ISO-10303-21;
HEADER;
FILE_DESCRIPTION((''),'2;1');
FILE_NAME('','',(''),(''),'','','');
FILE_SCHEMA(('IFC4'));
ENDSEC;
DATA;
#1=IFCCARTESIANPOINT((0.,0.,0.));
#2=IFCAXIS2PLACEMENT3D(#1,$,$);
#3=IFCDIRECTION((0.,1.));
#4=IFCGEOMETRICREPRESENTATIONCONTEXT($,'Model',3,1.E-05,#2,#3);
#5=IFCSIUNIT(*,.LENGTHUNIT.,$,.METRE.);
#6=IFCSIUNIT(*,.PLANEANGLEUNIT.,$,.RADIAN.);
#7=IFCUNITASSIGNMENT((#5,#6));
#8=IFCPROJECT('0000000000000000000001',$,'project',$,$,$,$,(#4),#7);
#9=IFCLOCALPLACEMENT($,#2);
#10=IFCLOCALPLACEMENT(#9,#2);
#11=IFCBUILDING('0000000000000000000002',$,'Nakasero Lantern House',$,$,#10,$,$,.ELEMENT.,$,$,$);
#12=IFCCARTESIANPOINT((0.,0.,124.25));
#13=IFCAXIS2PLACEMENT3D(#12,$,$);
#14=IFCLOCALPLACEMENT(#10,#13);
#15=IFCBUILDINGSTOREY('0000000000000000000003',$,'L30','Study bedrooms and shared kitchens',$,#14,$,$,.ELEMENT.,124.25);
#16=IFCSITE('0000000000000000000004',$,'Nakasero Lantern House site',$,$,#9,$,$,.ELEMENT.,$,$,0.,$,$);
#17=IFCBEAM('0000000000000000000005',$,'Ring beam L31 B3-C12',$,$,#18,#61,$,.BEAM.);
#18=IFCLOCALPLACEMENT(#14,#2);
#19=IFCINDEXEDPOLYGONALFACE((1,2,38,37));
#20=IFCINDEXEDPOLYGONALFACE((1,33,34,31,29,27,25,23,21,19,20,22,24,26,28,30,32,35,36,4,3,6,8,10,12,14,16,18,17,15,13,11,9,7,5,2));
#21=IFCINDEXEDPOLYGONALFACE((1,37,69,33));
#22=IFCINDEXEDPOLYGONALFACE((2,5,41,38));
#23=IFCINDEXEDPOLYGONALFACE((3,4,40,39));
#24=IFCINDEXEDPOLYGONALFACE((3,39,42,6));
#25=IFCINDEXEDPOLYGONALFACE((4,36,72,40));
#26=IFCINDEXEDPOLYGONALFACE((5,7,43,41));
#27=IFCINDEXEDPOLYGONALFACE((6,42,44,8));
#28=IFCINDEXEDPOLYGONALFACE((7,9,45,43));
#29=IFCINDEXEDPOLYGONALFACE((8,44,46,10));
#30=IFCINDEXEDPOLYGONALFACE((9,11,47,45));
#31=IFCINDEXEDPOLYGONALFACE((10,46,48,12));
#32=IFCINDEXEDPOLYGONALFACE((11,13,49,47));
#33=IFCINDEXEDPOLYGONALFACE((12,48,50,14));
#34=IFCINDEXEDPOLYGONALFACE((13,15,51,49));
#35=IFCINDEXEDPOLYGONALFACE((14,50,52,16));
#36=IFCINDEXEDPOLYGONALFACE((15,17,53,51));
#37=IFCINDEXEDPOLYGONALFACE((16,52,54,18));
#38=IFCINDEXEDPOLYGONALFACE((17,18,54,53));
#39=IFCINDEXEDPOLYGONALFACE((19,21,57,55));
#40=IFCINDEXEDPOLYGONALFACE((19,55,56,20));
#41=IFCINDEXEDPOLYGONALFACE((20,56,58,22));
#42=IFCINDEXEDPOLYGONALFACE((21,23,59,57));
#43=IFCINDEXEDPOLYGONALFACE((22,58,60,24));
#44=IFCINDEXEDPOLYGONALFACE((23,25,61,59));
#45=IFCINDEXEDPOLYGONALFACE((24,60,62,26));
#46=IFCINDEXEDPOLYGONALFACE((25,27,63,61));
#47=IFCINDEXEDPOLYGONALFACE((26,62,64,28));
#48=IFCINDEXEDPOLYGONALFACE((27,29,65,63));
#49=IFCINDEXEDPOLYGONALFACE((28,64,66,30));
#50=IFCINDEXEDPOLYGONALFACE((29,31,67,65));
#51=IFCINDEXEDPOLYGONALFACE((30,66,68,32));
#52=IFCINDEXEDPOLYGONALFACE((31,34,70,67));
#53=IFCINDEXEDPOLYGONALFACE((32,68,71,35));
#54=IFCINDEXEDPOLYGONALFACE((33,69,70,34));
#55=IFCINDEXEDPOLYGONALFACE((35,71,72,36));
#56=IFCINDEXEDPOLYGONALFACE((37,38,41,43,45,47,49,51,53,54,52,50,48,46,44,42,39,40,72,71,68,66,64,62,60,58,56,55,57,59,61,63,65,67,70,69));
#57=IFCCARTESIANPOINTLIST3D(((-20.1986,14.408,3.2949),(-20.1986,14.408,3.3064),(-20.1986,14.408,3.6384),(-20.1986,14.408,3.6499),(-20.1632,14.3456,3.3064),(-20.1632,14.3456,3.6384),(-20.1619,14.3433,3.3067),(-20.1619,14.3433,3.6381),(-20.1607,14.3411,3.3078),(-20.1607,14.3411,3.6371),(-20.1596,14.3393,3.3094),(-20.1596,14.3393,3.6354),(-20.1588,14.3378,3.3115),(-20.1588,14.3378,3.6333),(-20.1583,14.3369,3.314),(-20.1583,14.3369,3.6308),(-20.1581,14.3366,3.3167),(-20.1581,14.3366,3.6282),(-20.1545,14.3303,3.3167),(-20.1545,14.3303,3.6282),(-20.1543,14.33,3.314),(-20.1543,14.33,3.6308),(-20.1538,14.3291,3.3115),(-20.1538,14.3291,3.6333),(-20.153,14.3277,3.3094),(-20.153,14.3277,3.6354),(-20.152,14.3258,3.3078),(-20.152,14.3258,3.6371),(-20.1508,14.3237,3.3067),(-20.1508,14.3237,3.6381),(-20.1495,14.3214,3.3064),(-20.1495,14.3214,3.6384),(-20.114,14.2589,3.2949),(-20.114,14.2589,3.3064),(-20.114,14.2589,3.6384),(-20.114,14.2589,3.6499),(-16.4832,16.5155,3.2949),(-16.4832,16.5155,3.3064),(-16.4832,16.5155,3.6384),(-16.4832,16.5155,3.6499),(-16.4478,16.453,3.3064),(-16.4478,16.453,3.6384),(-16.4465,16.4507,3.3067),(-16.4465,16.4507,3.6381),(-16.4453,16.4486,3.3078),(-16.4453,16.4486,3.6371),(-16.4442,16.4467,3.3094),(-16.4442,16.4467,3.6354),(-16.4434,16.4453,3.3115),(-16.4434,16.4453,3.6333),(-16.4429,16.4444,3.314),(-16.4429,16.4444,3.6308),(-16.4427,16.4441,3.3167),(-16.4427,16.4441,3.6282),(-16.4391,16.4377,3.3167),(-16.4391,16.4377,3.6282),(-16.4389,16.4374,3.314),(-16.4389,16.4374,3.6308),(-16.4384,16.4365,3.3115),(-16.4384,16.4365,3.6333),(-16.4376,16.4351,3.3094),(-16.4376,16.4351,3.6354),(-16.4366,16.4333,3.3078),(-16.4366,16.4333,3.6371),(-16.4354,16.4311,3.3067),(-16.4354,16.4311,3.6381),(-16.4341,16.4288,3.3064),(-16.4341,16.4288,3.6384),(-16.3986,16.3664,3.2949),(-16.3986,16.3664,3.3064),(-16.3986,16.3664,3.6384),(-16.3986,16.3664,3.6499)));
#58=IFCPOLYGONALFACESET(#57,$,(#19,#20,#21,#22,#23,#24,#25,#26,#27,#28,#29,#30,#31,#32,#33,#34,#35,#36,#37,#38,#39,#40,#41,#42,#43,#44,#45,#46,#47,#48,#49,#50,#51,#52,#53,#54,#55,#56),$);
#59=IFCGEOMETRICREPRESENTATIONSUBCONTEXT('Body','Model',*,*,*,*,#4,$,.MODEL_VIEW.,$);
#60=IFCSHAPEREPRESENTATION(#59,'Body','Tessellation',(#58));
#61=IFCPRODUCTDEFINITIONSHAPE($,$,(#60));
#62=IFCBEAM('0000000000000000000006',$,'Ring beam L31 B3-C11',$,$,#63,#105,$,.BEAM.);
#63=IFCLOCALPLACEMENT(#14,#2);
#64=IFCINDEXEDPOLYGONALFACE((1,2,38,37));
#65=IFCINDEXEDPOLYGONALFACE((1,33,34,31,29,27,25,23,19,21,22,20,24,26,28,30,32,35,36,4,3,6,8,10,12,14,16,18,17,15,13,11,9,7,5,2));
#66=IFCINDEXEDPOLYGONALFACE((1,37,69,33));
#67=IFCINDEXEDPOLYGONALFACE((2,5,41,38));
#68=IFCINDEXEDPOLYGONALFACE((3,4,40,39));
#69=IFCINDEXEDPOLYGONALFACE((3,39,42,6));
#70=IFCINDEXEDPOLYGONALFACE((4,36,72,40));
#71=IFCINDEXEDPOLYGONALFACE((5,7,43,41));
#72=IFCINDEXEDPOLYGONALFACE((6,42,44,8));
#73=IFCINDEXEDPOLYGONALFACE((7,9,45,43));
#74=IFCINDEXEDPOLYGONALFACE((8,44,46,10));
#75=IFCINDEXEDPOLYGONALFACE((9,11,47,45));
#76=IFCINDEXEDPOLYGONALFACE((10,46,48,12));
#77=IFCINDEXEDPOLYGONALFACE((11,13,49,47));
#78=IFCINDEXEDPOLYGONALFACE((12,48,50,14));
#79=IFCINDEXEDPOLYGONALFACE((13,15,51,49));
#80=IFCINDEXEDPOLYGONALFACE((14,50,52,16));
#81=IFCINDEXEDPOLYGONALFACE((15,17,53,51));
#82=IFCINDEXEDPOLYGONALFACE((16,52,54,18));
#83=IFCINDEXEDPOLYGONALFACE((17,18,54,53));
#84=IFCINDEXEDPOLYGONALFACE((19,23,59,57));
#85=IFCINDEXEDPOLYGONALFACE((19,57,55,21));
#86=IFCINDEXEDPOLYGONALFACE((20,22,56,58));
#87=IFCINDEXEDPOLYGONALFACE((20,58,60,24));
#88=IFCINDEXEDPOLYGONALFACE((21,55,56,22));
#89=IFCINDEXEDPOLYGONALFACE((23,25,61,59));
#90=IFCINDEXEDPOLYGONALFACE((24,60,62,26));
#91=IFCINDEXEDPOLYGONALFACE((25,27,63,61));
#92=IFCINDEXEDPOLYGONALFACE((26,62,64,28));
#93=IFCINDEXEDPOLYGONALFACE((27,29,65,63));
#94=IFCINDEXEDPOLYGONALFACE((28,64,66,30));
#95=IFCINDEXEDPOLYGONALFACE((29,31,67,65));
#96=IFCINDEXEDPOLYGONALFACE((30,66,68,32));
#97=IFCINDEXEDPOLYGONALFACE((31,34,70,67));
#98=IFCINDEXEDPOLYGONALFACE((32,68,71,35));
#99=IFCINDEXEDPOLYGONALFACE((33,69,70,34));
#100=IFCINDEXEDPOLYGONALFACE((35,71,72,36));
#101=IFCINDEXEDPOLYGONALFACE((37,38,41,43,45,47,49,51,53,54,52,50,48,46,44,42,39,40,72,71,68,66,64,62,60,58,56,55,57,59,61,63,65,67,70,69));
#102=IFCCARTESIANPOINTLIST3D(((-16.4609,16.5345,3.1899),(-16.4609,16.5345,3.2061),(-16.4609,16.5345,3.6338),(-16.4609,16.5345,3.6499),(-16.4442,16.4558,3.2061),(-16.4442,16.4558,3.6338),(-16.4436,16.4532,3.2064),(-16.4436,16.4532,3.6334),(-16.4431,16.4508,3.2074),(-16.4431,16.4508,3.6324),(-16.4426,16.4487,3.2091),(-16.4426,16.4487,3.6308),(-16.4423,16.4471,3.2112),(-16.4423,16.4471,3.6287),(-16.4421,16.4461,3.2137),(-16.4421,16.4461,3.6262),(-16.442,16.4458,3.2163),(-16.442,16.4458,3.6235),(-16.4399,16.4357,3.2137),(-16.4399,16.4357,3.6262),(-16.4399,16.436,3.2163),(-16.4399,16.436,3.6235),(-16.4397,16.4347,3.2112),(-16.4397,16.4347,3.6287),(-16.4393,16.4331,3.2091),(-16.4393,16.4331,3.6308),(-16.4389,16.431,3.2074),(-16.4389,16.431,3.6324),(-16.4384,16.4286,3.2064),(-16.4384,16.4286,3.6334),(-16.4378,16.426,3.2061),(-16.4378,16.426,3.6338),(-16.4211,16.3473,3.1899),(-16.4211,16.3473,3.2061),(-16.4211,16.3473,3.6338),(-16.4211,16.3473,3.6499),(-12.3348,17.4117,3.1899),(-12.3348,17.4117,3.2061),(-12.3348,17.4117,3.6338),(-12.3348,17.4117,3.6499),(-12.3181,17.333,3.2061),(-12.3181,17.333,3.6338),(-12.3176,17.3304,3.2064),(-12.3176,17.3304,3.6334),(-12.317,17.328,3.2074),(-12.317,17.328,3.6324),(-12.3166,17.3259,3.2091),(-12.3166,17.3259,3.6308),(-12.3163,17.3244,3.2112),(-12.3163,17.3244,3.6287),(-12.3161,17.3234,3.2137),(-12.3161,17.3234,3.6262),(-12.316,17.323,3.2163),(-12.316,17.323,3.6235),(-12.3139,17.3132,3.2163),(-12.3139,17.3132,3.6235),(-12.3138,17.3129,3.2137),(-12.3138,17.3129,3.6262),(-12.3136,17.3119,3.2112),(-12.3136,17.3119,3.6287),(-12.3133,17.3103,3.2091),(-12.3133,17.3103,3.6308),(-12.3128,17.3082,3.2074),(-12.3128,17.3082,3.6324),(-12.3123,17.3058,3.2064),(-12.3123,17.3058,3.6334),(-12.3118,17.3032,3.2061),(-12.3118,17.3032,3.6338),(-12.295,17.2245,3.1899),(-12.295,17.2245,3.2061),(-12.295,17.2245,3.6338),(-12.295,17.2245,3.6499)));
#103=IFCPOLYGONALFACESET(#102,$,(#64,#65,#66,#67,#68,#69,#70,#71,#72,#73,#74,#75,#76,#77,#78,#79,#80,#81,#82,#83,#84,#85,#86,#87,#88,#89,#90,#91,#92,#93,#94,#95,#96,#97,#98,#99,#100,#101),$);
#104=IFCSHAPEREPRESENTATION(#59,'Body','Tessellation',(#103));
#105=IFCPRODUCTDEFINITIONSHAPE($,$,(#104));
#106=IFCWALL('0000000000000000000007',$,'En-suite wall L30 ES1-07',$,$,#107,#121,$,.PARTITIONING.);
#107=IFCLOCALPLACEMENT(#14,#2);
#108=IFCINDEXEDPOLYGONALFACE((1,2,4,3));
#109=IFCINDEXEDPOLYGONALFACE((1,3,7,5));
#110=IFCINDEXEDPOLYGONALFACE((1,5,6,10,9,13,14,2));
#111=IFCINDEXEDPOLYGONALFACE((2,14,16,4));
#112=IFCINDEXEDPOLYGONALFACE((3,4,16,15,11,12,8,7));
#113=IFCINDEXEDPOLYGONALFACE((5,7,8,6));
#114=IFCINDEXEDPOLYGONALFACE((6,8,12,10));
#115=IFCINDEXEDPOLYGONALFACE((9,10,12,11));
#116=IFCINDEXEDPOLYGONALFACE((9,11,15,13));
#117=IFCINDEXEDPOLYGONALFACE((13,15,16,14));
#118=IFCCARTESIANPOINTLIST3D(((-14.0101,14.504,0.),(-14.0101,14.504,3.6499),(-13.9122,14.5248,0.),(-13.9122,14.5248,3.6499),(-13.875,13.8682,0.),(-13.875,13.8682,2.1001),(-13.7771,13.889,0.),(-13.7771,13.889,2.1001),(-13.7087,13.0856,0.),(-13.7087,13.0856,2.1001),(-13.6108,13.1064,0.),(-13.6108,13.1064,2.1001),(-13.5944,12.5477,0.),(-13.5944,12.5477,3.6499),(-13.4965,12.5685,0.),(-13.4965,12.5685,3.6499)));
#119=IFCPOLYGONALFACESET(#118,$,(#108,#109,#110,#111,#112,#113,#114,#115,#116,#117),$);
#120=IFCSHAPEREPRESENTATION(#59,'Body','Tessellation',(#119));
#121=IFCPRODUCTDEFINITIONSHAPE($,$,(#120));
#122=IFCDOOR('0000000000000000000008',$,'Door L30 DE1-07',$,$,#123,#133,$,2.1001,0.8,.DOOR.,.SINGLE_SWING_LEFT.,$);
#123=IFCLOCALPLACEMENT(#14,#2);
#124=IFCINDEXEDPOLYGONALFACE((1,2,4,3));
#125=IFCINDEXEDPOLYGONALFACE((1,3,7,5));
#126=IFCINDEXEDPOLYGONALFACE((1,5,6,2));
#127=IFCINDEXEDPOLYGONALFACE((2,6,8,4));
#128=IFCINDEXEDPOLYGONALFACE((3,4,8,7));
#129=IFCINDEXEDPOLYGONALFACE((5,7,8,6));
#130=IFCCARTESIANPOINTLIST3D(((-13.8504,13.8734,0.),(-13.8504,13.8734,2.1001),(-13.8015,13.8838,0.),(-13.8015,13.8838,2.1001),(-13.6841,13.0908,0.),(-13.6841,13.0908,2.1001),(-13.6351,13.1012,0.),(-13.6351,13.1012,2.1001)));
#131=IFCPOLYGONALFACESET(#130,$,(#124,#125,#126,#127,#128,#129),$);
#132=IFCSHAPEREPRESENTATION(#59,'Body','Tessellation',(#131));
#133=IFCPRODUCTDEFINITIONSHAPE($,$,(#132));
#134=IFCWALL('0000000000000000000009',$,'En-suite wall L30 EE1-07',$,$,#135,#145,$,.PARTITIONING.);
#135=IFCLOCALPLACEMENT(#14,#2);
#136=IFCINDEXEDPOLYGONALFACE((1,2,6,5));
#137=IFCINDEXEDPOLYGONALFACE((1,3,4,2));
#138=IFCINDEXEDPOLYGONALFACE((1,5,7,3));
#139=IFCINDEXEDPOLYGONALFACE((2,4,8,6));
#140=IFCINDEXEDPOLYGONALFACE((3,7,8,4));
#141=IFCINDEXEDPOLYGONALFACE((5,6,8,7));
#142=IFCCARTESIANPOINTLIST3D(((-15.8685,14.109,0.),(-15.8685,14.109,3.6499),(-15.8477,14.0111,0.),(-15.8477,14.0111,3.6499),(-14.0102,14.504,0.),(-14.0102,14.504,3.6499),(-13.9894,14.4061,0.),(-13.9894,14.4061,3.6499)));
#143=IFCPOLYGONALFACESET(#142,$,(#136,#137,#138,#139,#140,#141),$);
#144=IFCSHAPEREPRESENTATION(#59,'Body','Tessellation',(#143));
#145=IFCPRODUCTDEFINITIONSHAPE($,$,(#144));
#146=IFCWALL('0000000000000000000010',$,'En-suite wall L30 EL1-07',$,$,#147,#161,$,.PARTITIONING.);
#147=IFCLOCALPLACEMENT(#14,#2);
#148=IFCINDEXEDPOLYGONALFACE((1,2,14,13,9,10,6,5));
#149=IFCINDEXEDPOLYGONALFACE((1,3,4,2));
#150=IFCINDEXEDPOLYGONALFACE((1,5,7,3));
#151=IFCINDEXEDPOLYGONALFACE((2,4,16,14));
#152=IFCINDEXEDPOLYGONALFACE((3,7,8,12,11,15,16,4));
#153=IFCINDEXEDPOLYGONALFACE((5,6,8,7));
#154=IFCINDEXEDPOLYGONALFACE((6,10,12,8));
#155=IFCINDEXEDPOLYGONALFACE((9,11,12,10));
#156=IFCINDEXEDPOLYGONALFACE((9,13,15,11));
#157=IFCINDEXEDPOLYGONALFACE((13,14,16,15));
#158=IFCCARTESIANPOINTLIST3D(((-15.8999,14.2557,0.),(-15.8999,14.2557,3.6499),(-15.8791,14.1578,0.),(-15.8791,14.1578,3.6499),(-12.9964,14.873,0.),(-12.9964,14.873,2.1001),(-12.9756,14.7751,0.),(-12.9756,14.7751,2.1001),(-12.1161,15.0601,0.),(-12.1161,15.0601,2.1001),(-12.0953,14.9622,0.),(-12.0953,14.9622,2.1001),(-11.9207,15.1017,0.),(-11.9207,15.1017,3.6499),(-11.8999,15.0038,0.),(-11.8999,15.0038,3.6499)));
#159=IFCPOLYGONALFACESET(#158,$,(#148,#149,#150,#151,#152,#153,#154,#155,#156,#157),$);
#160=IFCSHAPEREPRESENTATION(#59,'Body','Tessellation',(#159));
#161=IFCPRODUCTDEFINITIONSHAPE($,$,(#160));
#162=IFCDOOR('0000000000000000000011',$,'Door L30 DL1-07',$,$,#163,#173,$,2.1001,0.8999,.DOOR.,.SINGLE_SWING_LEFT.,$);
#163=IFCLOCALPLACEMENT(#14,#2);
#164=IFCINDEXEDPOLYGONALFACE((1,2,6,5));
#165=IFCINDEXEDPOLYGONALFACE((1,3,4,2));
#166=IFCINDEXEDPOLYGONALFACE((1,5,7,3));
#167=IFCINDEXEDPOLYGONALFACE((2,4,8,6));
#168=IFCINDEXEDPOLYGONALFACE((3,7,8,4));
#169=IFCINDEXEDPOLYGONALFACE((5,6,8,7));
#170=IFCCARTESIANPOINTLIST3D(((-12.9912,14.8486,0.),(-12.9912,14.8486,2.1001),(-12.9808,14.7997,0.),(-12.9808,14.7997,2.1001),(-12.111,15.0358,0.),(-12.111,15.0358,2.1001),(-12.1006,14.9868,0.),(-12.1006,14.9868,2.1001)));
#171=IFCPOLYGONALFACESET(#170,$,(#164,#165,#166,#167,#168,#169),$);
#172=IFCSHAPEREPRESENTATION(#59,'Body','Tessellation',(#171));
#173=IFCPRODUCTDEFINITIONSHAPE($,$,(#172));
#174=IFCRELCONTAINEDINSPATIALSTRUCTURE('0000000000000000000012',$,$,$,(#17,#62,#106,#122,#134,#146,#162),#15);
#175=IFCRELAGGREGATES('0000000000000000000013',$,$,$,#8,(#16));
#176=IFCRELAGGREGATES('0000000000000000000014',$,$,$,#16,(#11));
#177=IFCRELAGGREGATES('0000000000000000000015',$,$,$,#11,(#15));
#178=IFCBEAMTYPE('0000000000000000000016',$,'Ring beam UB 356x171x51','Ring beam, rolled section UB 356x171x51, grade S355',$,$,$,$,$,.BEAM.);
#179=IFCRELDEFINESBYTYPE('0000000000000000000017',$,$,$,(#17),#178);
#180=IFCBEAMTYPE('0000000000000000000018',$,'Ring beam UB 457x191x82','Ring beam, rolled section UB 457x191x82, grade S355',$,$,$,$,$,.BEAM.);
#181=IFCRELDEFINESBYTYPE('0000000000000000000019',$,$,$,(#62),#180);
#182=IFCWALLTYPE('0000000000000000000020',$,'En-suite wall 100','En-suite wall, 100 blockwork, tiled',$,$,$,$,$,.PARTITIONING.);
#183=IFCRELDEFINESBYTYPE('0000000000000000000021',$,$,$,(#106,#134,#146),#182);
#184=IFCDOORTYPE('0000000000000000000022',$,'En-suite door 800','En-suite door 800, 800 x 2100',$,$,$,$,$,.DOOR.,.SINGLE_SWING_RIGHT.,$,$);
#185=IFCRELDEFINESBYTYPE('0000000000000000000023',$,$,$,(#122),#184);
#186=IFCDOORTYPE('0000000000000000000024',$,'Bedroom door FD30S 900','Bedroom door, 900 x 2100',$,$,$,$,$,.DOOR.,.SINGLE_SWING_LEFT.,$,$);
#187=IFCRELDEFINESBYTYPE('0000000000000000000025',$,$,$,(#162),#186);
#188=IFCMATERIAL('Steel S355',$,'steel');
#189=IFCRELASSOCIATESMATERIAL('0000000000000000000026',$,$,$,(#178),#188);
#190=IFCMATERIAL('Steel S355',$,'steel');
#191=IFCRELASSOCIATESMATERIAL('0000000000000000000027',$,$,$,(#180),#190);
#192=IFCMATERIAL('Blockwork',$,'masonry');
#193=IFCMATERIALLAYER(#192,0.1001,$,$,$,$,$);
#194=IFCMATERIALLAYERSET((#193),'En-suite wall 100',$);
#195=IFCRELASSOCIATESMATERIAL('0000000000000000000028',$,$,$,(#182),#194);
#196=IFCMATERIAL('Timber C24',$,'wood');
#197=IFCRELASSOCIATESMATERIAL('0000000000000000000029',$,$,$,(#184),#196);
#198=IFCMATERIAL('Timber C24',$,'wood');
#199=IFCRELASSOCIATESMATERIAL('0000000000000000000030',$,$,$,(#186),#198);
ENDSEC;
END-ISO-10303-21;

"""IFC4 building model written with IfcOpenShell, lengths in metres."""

from ifc_helpers import new_model, si_unit, direction, frame, frame_2d, origin, origin_2d, place, context, subcontext, project, spatial, rectangle, i_section, extrude, material, layer, layer_set, material_profile, profile_set, type_object, element, fill, save


model = new_model("IFC4")

# Units and contexts
model_context = context("Model", 3, precision=1e-05, world=origin(), true_north=direction((0.0, 1.0)))
body_context = subcontext(model_context, "Body", "Model", "MODEL_VIEW")
ifc_project = project(units=[si_unit("LENGTHUNIT", "METRE"), si_unit("PLANEANGLEUNIT", "RADIAN")], contexts=[model_context])

# Site, building, storey
site_placement = place(None, origin())
site = spatial("IfcSite", under=ifc_project, at=site_placement, Name="Nakasero Lantern House site", CompositionType="ELEMENT", RefElevation=0.0)
building_placement = place(site_placement, origin())
building = spatial("IfcBuilding", under=site, at=building_placement, Name="Nakasero Lantern House", CompositionType="ELEMENT")
storey_placement = place(building_placement, frame((0.0, 0.0, 124.25)))
storey = spatial("IfcBuildingStorey", under=building, at=storey_placement, Name="L30", Description="Study bedrooms and shared kitchens", CompositionType="ELEMENT", Elevation=124.25)

# Beams
ifc_material_1 = material(Name="Steel S355", Category="steel")
ifc_material_profile_1 = material_profile(ifc_material_1, i_section(OverallWidth=0.1714, OverallDepth=0.355, WebThickness=0.0073, FlangeThickness=0.0115, FilletRadius=0.0103, at=origin_2d()), Name="UB 356x171x51")
ifc_profile_set_1 = profile_set([ifc_material_profile_1], Name="Steel S355")
beam_type_1 = type_object("IfcBeamType", Name="Ring beam UB 356x171x51", Description="Ring beam, rolled section UB 356x171x51, grade S355", PredefinedType="BEAM", material=ifc_profile_set_1)
beam_1_placement = place(storey_placement, frame((-16.4409, 16.4409, 3.4724), z_axis=(-0.869815, -0.493379, 0.0), x_axis=(0.493379, -0.869815, 0.0)))
element("IfcBeam", 1, at=beam_1_placement, inside=storey, type_object=beam_type_1, Name="Ring beam L31 B3-C12", PredefinedType="BEAM", context=body_context, shape_type="SweptSolid", body=[
    extrude(i_section(OverallWidth=0.1714, OverallDepth=0.355, WebThickness=0.0073, FlangeThickness=0.0115, FilletRadius=0.0103, at=origin_2d()), origin(), (0.0, 0.0, 1.0), 4.2715),
])
ifc_material_2 = material(Name="Steel S355", Category="steel")
ifc_material_profile_2 = material_profile(ifc_material_2, i_section(OverallWidth=0.1914, OverallDepth=0.46, WebThickness=0.01, FlangeThickness=0.0161, FilletRadius=0.0103, at=origin_2d()), Name="UB 457x191x82")
ifc_profile_set_2 = profile_set([ifc_material_profile_2], Name="Steel S355")
beam_type_2 = type_object("IfcBeamType", Name="Ring beam UB 457x191x82", Description="Ring beam, rolled section UB 457x191x82, grade S355", PredefinedType="BEAM", material=ifc_profile_set_2)
beam_2_placement = place(storey_placement, frame((-12.3149, 17.3181, 3.4199), z_axis=(-0.978138, -0.207956, 0.0), x_axis=(0.207956, -0.978138, 0.0)))
element("IfcBeam", 2, at=beam_2_placement, inside=storey, type_object=beam_type_2, Name="Ring beam L31 B3-C11", PredefinedType="BEAM", context=body_context, shape_type="SweptSolid", body=[
    extrude(i_section(OverallWidth=0.1914, OverallDepth=0.46, WebThickness=0.01, FlangeThickness=0.0161, FilletRadius=0.0103, at=origin_2d()), origin(), (0.0, 0.0, 1.0), 4.2183),
])

# Wall, opening, door
ifc_material_3 = material(Name="Blockwork", Category="masonry")
ifc_layer_1 = layer(ifc_material_3, 0.1001)
ifc_layer_set_1 = layer_set([ifc_layer_1], Name="En-suite wall 100")
wall_type_1 = type_object("IfcWallType", Name="En-suite wall 100", Description="En-suite wall, 100 blockwork, tiled", PredefinedType="PARTITIONING", material=ifc_layer_set_1)
wall_1_placement = place(storey_placement, frame((-13.5454, 12.5581, 0.0), z_axis=(0.0, 0.0, 1.0), x_axis=(-0.207886, 0.978153, 0.0)))
wall_1 = element("IfcWall", 3, at=wall_1_placement, inside=storey, type_object=wall_type_1, Name="En-suite wall L30 ES1-07", PredefinedType="PARTITIONING", context=body_context, shape_type="SweptSolid", body=[
    extrude(rectangle(XDim=2.0, YDim=0.1001, at=frame_2d((1.0, 0.0))), origin(), (0.0, 0.0, 1.0), 3.6499),
])
opening_1_placement = place(wall_1_placement, frame((0.55, 0.0, 0.0)))
opening_1 = element("IfcOpeningElement", 4, at=opening_1_placement, cuts=wall_1, PredefinedType="OPENING", context=body_context, shape_type="SweptSolid", body=[
    extrude(rectangle(XDim=0.8, YDim=2.1001, at=frame_2d((0.3999, 1.05))), frame((0.0, 0.0701, 0.0), z_axis=(0.0, -1.0, 0.0), x_axis=(1.0, 0.0, 0.0)), (0.0, 0.0, 1.0), 0.1401),
])
ifc_material_4 = material(Name="Timber C24", Category="wood")
door_type_1 = type_object("IfcDoorType", Name="En-suite door 800", Description="En-suite door 800, 800 x 2100", OperationType="SINGLE_SWING_RIGHT", PredefinedType="DOOR", material=ifc_material_4)
door_1_placement = place(opening_1_placement, origin())
door_1 = element("IfcDoor", 5, at=door_1_placement, inside=storey, type_object=door_type_1, Name="Door L30 DE1-07", OperationType="SINGLE_SWING_LEFT", OverallHeight=2.1001, OverallWidth=0.8, PredefinedType="DOOR", context=body_context, shape_type="SweptSolid", body=[
    extrude(rectangle(XDim=0.8, YDim=2.1001, at=frame_2d((0.3999, 1.05))), frame((0.0, 0.0249, 0.0), z_axis=(0.0, -1.0, 0.0), x_axis=(1.0, 0.0, 0.0)), (0.0, 0.0, 1.0), 0.05),
])
fill(opening_1, door_1)

# Wall
wall_2_placement = place(storey_placement, frame((-13.9998, 14.4551, 0.0), z_axis=(0.0, 0.0, 1.0), x_axis=(-0.978147, -0.207914, 0.0)))
element("IfcWall", 6, at=wall_2_placement, inside=storey, type_object=wall_type_1, Name="En-suite wall L30 EE1-07", PredefinedType="PARTITIONING", context=body_context, shape_type="SweptSolid", body=[
    extrude(rectangle(XDim=1.8999, YDim=0.1001, at=frame_2d((0.95, 0.0))), origin(), (0.0, 0.0, 1.0), 3.6499),
])

# Wall, opening, door
wall_3_placement = place(storey_placement, frame((-11.9102, 15.0527, 0.0), z_axis=(0.0, 0.0, 1.0), x_axis=(-0.978141, -0.207943, 0.0)))
wall_3 = element("IfcWall", 7, at=wall_3_placement, inside=storey, type_object=wall_type_1, Name="En-suite wall L30 EL1-07", PredefinedType="PARTITIONING", context=body_context, shape_type="SweptSolid", body=[
    extrude(rectangle(XDim=4.0681, YDim=0.1001, at=frame_2d((2.0342, 0.0))), origin(), (0.0, 0.0, 1.0), 3.6499),
])
opening_2_placement = place(wall_3_placement, frame((0.2, 0.0, 0.0)))
opening_2 = element("IfcOpeningElement", 8, at=opening_2_placement, cuts=wall_3, PredefinedType="OPENING", context=body_context, shape_type="SweptSolid", body=[
    extrude(rectangle(XDim=0.8999, YDim=2.1001, at=frame_2d((0.45, 1.05))), frame((0.0, 0.0701, 0.0), z_axis=(0.0, -1.0, 0.0), x_axis=(1.0, 0.0, 0.0)), (0.0, 0.0, 1.0), 0.1401),
])
ifc_material_5 = material(Name="Timber C24", Category="wood")
door_type_2 = type_object("IfcDoorType", Name="Bedroom door FD30S 900", Description="Bedroom door, 900 x 2100", OperationType="SINGLE_SWING_LEFT", PredefinedType="DOOR", material=ifc_material_5)
door_2_placement = place(opening_2_placement, origin())
door_2 = element("IfcDoor", 9, at=door_2_placement, inside=storey, type_object=door_type_2, Name="Door L30 DL1-07", OperationType="SINGLE_SWING_LEFT", OverallHeight=2.1001, OverallWidth=0.8999, PredefinedType="DOOR", context=body_context, shape_type="SweptSolid", body=[
    extrude(rectangle(XDim=0.8999, YDim=2.1001, at=frame_2d((0.45, 1.05))), frame((0.0, 0.0249, 0.0), z_axis=(0.0, -1.0, 0.0), x_axis=(1.0, 0.0, 0.0)), (0.0, 0.0, 1.0), 0.05),
])
fill(opening_2, door_2)

save(model, "model.ifc")
